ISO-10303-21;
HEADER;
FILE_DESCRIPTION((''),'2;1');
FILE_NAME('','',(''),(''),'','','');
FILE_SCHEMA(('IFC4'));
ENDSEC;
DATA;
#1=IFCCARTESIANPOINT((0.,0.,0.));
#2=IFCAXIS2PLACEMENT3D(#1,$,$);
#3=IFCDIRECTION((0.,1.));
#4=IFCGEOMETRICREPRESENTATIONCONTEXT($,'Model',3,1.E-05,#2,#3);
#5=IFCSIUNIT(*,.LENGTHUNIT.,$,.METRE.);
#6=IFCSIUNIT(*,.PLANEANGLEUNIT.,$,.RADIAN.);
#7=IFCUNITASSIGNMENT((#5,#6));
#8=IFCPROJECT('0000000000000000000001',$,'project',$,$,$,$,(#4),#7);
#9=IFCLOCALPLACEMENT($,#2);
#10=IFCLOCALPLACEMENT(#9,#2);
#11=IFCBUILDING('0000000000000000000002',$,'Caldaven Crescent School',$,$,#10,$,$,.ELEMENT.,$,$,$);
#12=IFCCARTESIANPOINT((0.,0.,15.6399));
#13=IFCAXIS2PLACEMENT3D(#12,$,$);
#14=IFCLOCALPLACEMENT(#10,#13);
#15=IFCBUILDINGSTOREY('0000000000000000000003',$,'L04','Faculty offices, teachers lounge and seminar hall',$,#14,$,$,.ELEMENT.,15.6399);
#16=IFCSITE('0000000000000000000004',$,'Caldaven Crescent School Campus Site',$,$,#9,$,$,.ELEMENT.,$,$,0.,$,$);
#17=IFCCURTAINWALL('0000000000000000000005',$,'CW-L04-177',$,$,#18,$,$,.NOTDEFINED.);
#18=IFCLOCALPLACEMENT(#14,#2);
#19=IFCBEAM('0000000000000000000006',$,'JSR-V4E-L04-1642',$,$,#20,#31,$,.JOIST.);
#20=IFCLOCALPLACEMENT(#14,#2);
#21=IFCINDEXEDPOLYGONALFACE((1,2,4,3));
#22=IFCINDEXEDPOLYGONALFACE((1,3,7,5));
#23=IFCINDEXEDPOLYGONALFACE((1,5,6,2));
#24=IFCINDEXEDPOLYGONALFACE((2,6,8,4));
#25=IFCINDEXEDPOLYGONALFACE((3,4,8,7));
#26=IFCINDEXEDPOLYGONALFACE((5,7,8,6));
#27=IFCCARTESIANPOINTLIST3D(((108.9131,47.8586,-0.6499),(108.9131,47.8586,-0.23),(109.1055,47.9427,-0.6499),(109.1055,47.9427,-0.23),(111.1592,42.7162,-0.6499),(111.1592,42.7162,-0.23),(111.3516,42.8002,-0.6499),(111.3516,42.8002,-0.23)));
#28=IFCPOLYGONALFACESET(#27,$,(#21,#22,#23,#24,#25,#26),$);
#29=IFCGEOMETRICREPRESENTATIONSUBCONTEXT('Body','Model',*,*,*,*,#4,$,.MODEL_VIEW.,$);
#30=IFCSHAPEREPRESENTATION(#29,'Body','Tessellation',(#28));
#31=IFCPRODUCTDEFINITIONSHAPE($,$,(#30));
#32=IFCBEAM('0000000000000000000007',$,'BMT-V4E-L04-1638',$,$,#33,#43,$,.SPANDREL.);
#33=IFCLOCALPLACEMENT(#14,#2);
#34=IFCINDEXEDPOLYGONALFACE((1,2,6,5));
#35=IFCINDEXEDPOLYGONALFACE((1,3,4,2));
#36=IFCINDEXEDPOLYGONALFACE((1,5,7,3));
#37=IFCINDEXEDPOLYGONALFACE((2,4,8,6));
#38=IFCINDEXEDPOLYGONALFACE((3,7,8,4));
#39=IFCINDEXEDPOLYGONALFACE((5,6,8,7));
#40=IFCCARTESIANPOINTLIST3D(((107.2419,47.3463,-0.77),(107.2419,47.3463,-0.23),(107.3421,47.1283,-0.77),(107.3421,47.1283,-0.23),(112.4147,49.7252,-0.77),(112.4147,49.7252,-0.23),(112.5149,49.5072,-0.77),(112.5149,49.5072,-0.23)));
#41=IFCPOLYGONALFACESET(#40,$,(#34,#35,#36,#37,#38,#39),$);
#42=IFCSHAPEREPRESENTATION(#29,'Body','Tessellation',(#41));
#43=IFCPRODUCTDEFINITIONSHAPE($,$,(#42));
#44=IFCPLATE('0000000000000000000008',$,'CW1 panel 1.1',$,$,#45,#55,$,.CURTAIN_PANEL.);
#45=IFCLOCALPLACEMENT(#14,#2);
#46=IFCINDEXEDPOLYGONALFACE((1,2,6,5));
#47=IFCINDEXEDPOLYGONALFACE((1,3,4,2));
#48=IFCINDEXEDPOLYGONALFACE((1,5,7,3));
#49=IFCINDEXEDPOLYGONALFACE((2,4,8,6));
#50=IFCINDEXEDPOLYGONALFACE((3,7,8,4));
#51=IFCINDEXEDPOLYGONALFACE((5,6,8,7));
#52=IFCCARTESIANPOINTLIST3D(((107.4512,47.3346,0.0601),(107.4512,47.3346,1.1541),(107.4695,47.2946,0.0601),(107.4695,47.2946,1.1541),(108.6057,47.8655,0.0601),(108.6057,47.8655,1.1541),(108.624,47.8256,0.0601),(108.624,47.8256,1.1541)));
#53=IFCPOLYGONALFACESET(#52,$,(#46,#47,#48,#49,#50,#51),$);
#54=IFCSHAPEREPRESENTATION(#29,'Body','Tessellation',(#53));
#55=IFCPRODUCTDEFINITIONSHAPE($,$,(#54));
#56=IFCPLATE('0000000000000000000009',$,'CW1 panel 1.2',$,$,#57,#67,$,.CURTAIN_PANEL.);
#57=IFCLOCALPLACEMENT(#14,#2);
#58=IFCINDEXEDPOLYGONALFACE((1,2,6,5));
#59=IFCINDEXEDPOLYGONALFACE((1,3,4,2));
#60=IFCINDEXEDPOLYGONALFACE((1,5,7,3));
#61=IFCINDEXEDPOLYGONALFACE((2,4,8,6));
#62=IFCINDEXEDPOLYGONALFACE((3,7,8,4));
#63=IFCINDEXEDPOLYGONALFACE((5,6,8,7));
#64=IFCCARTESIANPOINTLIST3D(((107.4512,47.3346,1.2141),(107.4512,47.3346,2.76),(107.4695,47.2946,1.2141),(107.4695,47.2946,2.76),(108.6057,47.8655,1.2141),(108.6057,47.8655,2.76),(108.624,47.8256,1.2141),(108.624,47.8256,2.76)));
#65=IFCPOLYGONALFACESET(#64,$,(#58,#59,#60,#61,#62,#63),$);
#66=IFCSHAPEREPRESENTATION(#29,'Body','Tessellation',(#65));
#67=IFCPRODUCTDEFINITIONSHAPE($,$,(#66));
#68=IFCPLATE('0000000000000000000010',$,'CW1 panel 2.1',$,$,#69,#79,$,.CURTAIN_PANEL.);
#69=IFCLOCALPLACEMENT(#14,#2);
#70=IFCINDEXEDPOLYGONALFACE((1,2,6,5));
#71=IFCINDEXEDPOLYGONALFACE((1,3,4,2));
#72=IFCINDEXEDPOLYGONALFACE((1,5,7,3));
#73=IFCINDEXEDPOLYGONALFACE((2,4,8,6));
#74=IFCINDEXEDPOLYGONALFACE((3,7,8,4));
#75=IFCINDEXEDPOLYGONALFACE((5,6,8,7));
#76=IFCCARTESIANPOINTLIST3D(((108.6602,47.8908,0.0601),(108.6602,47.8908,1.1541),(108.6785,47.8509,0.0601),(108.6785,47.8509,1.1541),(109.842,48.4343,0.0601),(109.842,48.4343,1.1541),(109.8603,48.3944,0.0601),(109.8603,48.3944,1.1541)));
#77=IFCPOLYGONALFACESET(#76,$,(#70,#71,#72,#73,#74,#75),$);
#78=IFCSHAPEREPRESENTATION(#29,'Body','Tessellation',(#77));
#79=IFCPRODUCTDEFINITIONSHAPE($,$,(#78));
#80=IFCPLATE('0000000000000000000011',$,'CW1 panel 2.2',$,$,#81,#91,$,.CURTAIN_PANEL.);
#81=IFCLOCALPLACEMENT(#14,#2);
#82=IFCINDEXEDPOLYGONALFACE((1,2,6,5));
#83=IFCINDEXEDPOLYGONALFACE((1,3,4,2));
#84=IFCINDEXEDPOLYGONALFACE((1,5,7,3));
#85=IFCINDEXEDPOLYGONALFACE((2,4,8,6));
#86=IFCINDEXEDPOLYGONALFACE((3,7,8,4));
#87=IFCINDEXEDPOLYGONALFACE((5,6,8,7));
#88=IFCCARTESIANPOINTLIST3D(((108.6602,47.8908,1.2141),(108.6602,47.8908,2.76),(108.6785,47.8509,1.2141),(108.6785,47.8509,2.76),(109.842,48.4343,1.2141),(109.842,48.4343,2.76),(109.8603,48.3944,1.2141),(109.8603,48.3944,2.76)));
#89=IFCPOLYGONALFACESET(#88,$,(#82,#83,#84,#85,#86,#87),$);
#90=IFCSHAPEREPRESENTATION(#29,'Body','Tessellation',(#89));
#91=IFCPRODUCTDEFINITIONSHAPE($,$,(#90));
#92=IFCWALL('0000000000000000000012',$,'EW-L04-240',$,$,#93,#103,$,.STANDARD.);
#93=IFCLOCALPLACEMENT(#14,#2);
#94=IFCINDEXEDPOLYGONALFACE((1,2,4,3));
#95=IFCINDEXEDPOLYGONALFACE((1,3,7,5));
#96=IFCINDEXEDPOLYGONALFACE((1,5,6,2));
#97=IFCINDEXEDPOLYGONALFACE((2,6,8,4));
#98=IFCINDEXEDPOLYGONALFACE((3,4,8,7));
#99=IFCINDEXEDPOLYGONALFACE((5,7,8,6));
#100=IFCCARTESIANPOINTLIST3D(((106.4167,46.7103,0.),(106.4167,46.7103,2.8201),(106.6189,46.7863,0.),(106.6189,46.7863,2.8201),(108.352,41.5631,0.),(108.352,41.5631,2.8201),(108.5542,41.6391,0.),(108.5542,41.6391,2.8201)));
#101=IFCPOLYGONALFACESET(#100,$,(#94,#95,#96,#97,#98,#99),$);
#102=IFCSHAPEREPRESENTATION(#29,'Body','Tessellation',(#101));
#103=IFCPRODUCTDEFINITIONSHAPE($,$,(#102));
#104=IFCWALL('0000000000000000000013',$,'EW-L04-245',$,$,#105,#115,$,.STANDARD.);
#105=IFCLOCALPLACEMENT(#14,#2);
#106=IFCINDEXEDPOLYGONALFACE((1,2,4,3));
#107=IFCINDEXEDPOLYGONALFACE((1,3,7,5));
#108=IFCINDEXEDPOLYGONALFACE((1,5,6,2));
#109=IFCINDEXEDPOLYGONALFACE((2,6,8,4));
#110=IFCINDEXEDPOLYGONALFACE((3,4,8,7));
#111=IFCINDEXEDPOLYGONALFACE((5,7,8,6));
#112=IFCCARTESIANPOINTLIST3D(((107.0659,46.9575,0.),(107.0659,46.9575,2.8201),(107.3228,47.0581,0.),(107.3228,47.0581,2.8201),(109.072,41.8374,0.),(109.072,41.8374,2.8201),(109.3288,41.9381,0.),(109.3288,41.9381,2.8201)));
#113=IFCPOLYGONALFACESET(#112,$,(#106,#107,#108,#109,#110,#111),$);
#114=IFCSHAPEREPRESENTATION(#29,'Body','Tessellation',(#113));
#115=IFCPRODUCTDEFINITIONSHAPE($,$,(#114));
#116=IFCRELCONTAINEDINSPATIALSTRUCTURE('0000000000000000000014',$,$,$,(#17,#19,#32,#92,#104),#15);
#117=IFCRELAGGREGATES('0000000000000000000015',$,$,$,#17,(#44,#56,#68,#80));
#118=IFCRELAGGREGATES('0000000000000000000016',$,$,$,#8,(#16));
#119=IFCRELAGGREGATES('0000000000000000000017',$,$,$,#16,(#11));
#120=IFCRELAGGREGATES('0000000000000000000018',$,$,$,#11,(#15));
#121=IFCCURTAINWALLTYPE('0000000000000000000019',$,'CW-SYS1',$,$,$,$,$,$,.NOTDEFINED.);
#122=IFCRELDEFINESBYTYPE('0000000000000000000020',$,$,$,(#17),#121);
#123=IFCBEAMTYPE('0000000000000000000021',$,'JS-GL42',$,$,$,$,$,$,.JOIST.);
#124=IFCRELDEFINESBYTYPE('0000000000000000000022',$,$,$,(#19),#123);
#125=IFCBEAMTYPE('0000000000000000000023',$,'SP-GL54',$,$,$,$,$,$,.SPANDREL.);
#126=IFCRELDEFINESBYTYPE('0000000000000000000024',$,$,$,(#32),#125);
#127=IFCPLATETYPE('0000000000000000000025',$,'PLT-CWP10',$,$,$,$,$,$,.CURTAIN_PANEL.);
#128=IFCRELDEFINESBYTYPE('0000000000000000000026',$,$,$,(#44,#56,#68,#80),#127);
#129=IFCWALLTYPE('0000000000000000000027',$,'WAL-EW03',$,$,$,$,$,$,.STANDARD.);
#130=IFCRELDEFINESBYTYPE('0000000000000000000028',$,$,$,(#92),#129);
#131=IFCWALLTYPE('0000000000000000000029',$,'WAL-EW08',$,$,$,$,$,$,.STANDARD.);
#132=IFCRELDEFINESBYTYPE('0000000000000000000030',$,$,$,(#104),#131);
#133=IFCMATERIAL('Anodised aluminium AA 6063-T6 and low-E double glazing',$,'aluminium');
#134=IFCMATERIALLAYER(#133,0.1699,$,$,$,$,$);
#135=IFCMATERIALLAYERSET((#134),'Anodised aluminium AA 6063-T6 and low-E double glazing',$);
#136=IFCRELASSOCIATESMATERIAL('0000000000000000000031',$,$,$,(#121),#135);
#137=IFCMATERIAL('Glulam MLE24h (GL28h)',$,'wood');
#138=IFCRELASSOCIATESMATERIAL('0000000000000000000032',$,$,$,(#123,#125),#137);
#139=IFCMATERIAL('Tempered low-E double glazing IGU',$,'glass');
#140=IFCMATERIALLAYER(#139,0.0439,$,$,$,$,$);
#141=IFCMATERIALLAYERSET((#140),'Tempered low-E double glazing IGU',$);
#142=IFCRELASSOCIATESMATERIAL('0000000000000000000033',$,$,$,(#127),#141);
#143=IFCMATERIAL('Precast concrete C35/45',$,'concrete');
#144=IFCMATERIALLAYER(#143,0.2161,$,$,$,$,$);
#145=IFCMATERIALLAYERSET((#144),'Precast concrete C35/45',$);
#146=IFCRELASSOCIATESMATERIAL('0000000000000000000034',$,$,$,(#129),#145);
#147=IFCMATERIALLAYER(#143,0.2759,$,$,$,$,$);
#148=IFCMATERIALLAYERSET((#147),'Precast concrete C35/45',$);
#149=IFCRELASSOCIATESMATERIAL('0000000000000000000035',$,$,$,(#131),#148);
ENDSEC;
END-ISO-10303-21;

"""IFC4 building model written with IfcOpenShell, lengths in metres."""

from ifc_helpers import new_model, si_unit, direction, frame, frame_2d, origin, origin_2d, place, context, subcontext, project, spatial, rectangle, extrude, material, layer, layer_set, material_profile, profile_set, type_object, element, aggregate, save


model = new_model("IFC4")

# Units and contexts
model_context = context("Model", 3, precision=1e-05, world=origin(), true_north=direction((0.0, 1.0)))
body_context = subcontext(model_context, "Body", "Model", "MODEL_VIEW")
ifc_project = project(units=[si_unit("LENGTHUNIT", "METRE"), si_unit("PLANEANGLEUNIT", "RADIAN")], contexts=[model_context])

# Site, building, storey
site_placement = place(None, origin())
site = spatial("IfcSite", under=ifc_project, at=site_placement, Name="Caldaven Crescent School Campus Site", CompositionType="ELEMENT", RefElevation=0.0)
building_placement = place(site_placement, origin())
building = spatial("IfcBuilding", under=site, at=building_placement, Name="Caldaven Crescent School", CompositionType="ELEMENT")
storey_placement = place(building_placement, frame((0.0, 0.0, 15.6399)))
storey = spatial("IfcBuildingStorey", under=building, at=storey_placement, Name="L04", Description="Faculty offices, teachers lounge and seminar hall", CompositionType="ELEMENT", Elevation=15.6399)

# Shared definitions
ifc_material_1 = material(Name="Glulam MLE24h (GL28h)", Category="wood")

# Curtain wall
ifc_material_2 = material(Name="Anodised aluminium AA 6063-T6 and low-E double glazing", Category="aluminium")
ifc_layer_1 = layer(ifc_material_2, 0.1699)
ifc_layer_set_1 = layer_set([ifc_layer_1], Name="Anodised aluminium AA 6063-T6 and low-E double glazing")
curtain_wall_type = type_object("IfcCurtainWallType", Name="CW-SYS1", PredefinedType="NOTDEFINED", material=ifc_layer_set_1)
curtain_wall_placement = place(storey_placement, origin())
curtain_wall = element("IfcCurtainWall", 1, at=curtain_wall_placement, inside=storey, type_object=curtain_wall_type, Name="CW-L04-177", PredefinedType="NOTDEFINED")

# Beams
ifc_material_profile_1 = material_profile(ifc_material_1, rectangle(XDim=0.21, YDim=0.4199, at=origin_2d()), Name="MLE 210x420")
ifc_profile_set_1 = profile_set([ifc_material_profile_1], Name="Glulam MLE24h (GL28h)")
beam_type_1 = type_object("IfcBeamType", Name="JS-GL42", PredefinedType="JOIST", material=ifc_profile_set_1)
beam_1_placement = place(storey_placement, frame((109.0093, 47.9006, -0.4399), z_axis=(0.400269, -0.916398, 0.0), x_axis=(0.916398, 0.400269, 0.0)))
element("IfcBeam", 2, at=beam_1_placement, inside=storey, type_object=beam_type_1, Name="JSR-V4E-L04-1642", PredefinedType="JOIST", context=body_context, shape_type="SweptSolid", body=[
    extrude(rectangle(XDim=0.21, YDim=0.4199, at=origin_2d()), origin(), (0.0, 0.0, 1.0), 5.6116),
])
ifc_material_profile_2 = material_profile(ifc_material_1, rectangle(XDim=0.24, YDim=0.54, at=origin_2d()), Name="MLE 240x540")
ifc_profile_set_2 = profile_set([ifc_material_profile_2], Name="Glulam MLE24h (GL28h)")
beam_type_2 = type_object("IfcBeamType", Name="SP-GL54", PredefinedType="SPANDREL", material=ifc_profile_set_2)
beam_2_placement = place(storey_placement, frame((107.292, 47.2373, -0.5), z_axis=(0.908531, 0.417818, 0.0), x_axis=(-0.417818, 0.908531, 0.0)))
element("IfcBeam", 3, at=beam_2_placement, inside=storey, type_object=beam_type_2, Name="BMT-V4E-L04-1638", PredefinedType="SPANDREL", context=body_context, shape_type="SweptSolid", body=[
    extrude(rectangle(XDim=0.24, YDim=0.54, at=origin_2d()), origin(), (0.0, 0.0, 1.0), 5.6936),
])

# Plates
ifc_material_3 = material(Name="Tempered low-E double glazing IGU", Category="glass")
ifc_layer_2 = layer(ifc_material_3, 0.0439)
ifc_layer_set_2 = layer_set([ifc_layer_2], Name="Tempered low-E double glazing IGU")
plate_type = type_object("IfcPlateType", Name="PLT-CWP10", PredefinedType="CURTAIN_PANEL", material=ifc_layer_set_2)
plate_1_placement = place(storey_placement, frame((108.0376, 47.5801, 0.0601), z_axis=(0.0, 0.0, 1.0), x_axis=(0.908528, 0.417824, 0.0)))
plate_1 = element("IfcPlate", 4, at=plate_1_placement, type_object=plate_type, Name="CW1 panel 1.1", PredefinedType="CURTAIN_PANEL", context=body_context, shape_type="SweptSolid", body=[
    extrude(rectangle(XDim=1.2708, YDim=0.0439, at=origin_2d()), origin(), (0.0, 0.0, 1.0), 1.094),
])
plate_2_placement = place(storey_placement, frame((108.0376, 47.5801, 1.2141), z_axis=(0.0, 0.0, 1.0), x_axis=(0.908528, 0.417824, 0.0)))
plate_2 = element("IfcPlate", 5, at=plate_2_placement, type_object=plate_type, Name="CW1 panel 1.2", PredefinedType="CURTAIN_PANEL", context=body_context, shape_type="SweptSolid", body=[
    extrude(rectangle(XDim=1.2708, YDim=0.0439, at=origin_2d()), origin(), (0.0, 0.0, 1.0), 1.5459),
])
plate_3_placement = place(storey_placement, frame((109.2603, 48.1426, 0.0601), z_axis=(0.0, 0.0, 1.0), x_axis=(0.908528, 0.417824, 0.0)))
plate_3 = element("IfcPlate", 6, at=plate_3_placement, type_object=plate_type, Name="CW1 panel 2.1", PredefinedType="CURTAIN_PANEL", context=body_context, shape_type="SweptSolid", body=[
    extrude(rectangle(XDim=1.3008, YDim=0.0439, at=origin_2d()), origin(), (0.0, 0.0, 1.0), 1.094),
])
plate_4_placement = place(storey_placement, frame((109.2603, 48.1426, 1.2141), z_axis=(0.0, 0.0, 1.0), x_axis=(0.908528, 0.417824, 0.0)))
plate_4 = element("IfcPlate", 7, at=plate_4_placement, type_object=plate_type, Name="CW1 panel 2.2", PredefinedType="CURTAIN_PANEL", context=body_context, shape_type="SweptSolid", body=[
    extrude(rectangle(XDim=1.3008, YDim=0.0439, at=origin_2d()), origin(), (0.0, 0.0, 1.0), 1.5459),
])
aggregate(curtain_wall, [plate_1, plate_2, plate_3, plate_4])

# Walls
ifc_material_4 = material(Name="Precast concrete C35/45", Category="concrete")
ifc_layer_3 = layer(ifc_material_4, 0.2161)
ifc_layer_set_3 = layer_set([ifc_layer_3], Name="Precast concrete C35/45")
wall_type_1 = type_object("IfcWallType", Name="WAL-EW03", PredefinedType="STANDARD", material=ifc_layer_set_3)
wall_1_placement = place(storey_placement, frame((106.5178, 46.7483, 0.0), z_axis=(0.0, 0.0, 1.0), x_axis=(0.351936, -0.936024, 0.0)))
element("IfcWall", 8, at=wall_1_placement, inside=storey, type_object=wall_type_1, Name="EW-L04-240", PredefinedType="STANDARD", context=body_context, shape_type="SweptSolid", body=[
    extrude(rectangle(XDim=5.499, YDim=0.2161, at=frame_2d((2.7495, 0.0))), origin(), (0.0, 0.0, 1.0), 2.8201),
])
ifc_layer_4 = layer(ifc_material_4, 0.2759)
ifc_layer_set_4 = layer_set([ifc_layer_4], Name="Precast concrete C35/45")
wall_type_2 = type_object("IfcWallType", Name="WAL-EW08", PredefinedType="STANDARD", material=ifc_layer_set_4)
wall_2_placement = place(storey_placement, frame((107.1943, 47.0078, 0.0), z_axis=(0.0, 0.0, 1.0), x_axis=(0.364806, -0.931084, 0.0)))
element("IfcWall", 9, at=wall_2_placement, inside=storey, type_object=wall_type_2, Name="EW-L04-245", PredefinedType="STANDARD", context=body_context, shape_type="SweptSolid", body=[
    extrude(rectangle(XDim=5.499, YDim=0.2759, at=frame_2d((2.7495, 0.0))), origin(), (0.0, 0.0, 1.0), 2.8201),
])

save(model, "model.ifc")
